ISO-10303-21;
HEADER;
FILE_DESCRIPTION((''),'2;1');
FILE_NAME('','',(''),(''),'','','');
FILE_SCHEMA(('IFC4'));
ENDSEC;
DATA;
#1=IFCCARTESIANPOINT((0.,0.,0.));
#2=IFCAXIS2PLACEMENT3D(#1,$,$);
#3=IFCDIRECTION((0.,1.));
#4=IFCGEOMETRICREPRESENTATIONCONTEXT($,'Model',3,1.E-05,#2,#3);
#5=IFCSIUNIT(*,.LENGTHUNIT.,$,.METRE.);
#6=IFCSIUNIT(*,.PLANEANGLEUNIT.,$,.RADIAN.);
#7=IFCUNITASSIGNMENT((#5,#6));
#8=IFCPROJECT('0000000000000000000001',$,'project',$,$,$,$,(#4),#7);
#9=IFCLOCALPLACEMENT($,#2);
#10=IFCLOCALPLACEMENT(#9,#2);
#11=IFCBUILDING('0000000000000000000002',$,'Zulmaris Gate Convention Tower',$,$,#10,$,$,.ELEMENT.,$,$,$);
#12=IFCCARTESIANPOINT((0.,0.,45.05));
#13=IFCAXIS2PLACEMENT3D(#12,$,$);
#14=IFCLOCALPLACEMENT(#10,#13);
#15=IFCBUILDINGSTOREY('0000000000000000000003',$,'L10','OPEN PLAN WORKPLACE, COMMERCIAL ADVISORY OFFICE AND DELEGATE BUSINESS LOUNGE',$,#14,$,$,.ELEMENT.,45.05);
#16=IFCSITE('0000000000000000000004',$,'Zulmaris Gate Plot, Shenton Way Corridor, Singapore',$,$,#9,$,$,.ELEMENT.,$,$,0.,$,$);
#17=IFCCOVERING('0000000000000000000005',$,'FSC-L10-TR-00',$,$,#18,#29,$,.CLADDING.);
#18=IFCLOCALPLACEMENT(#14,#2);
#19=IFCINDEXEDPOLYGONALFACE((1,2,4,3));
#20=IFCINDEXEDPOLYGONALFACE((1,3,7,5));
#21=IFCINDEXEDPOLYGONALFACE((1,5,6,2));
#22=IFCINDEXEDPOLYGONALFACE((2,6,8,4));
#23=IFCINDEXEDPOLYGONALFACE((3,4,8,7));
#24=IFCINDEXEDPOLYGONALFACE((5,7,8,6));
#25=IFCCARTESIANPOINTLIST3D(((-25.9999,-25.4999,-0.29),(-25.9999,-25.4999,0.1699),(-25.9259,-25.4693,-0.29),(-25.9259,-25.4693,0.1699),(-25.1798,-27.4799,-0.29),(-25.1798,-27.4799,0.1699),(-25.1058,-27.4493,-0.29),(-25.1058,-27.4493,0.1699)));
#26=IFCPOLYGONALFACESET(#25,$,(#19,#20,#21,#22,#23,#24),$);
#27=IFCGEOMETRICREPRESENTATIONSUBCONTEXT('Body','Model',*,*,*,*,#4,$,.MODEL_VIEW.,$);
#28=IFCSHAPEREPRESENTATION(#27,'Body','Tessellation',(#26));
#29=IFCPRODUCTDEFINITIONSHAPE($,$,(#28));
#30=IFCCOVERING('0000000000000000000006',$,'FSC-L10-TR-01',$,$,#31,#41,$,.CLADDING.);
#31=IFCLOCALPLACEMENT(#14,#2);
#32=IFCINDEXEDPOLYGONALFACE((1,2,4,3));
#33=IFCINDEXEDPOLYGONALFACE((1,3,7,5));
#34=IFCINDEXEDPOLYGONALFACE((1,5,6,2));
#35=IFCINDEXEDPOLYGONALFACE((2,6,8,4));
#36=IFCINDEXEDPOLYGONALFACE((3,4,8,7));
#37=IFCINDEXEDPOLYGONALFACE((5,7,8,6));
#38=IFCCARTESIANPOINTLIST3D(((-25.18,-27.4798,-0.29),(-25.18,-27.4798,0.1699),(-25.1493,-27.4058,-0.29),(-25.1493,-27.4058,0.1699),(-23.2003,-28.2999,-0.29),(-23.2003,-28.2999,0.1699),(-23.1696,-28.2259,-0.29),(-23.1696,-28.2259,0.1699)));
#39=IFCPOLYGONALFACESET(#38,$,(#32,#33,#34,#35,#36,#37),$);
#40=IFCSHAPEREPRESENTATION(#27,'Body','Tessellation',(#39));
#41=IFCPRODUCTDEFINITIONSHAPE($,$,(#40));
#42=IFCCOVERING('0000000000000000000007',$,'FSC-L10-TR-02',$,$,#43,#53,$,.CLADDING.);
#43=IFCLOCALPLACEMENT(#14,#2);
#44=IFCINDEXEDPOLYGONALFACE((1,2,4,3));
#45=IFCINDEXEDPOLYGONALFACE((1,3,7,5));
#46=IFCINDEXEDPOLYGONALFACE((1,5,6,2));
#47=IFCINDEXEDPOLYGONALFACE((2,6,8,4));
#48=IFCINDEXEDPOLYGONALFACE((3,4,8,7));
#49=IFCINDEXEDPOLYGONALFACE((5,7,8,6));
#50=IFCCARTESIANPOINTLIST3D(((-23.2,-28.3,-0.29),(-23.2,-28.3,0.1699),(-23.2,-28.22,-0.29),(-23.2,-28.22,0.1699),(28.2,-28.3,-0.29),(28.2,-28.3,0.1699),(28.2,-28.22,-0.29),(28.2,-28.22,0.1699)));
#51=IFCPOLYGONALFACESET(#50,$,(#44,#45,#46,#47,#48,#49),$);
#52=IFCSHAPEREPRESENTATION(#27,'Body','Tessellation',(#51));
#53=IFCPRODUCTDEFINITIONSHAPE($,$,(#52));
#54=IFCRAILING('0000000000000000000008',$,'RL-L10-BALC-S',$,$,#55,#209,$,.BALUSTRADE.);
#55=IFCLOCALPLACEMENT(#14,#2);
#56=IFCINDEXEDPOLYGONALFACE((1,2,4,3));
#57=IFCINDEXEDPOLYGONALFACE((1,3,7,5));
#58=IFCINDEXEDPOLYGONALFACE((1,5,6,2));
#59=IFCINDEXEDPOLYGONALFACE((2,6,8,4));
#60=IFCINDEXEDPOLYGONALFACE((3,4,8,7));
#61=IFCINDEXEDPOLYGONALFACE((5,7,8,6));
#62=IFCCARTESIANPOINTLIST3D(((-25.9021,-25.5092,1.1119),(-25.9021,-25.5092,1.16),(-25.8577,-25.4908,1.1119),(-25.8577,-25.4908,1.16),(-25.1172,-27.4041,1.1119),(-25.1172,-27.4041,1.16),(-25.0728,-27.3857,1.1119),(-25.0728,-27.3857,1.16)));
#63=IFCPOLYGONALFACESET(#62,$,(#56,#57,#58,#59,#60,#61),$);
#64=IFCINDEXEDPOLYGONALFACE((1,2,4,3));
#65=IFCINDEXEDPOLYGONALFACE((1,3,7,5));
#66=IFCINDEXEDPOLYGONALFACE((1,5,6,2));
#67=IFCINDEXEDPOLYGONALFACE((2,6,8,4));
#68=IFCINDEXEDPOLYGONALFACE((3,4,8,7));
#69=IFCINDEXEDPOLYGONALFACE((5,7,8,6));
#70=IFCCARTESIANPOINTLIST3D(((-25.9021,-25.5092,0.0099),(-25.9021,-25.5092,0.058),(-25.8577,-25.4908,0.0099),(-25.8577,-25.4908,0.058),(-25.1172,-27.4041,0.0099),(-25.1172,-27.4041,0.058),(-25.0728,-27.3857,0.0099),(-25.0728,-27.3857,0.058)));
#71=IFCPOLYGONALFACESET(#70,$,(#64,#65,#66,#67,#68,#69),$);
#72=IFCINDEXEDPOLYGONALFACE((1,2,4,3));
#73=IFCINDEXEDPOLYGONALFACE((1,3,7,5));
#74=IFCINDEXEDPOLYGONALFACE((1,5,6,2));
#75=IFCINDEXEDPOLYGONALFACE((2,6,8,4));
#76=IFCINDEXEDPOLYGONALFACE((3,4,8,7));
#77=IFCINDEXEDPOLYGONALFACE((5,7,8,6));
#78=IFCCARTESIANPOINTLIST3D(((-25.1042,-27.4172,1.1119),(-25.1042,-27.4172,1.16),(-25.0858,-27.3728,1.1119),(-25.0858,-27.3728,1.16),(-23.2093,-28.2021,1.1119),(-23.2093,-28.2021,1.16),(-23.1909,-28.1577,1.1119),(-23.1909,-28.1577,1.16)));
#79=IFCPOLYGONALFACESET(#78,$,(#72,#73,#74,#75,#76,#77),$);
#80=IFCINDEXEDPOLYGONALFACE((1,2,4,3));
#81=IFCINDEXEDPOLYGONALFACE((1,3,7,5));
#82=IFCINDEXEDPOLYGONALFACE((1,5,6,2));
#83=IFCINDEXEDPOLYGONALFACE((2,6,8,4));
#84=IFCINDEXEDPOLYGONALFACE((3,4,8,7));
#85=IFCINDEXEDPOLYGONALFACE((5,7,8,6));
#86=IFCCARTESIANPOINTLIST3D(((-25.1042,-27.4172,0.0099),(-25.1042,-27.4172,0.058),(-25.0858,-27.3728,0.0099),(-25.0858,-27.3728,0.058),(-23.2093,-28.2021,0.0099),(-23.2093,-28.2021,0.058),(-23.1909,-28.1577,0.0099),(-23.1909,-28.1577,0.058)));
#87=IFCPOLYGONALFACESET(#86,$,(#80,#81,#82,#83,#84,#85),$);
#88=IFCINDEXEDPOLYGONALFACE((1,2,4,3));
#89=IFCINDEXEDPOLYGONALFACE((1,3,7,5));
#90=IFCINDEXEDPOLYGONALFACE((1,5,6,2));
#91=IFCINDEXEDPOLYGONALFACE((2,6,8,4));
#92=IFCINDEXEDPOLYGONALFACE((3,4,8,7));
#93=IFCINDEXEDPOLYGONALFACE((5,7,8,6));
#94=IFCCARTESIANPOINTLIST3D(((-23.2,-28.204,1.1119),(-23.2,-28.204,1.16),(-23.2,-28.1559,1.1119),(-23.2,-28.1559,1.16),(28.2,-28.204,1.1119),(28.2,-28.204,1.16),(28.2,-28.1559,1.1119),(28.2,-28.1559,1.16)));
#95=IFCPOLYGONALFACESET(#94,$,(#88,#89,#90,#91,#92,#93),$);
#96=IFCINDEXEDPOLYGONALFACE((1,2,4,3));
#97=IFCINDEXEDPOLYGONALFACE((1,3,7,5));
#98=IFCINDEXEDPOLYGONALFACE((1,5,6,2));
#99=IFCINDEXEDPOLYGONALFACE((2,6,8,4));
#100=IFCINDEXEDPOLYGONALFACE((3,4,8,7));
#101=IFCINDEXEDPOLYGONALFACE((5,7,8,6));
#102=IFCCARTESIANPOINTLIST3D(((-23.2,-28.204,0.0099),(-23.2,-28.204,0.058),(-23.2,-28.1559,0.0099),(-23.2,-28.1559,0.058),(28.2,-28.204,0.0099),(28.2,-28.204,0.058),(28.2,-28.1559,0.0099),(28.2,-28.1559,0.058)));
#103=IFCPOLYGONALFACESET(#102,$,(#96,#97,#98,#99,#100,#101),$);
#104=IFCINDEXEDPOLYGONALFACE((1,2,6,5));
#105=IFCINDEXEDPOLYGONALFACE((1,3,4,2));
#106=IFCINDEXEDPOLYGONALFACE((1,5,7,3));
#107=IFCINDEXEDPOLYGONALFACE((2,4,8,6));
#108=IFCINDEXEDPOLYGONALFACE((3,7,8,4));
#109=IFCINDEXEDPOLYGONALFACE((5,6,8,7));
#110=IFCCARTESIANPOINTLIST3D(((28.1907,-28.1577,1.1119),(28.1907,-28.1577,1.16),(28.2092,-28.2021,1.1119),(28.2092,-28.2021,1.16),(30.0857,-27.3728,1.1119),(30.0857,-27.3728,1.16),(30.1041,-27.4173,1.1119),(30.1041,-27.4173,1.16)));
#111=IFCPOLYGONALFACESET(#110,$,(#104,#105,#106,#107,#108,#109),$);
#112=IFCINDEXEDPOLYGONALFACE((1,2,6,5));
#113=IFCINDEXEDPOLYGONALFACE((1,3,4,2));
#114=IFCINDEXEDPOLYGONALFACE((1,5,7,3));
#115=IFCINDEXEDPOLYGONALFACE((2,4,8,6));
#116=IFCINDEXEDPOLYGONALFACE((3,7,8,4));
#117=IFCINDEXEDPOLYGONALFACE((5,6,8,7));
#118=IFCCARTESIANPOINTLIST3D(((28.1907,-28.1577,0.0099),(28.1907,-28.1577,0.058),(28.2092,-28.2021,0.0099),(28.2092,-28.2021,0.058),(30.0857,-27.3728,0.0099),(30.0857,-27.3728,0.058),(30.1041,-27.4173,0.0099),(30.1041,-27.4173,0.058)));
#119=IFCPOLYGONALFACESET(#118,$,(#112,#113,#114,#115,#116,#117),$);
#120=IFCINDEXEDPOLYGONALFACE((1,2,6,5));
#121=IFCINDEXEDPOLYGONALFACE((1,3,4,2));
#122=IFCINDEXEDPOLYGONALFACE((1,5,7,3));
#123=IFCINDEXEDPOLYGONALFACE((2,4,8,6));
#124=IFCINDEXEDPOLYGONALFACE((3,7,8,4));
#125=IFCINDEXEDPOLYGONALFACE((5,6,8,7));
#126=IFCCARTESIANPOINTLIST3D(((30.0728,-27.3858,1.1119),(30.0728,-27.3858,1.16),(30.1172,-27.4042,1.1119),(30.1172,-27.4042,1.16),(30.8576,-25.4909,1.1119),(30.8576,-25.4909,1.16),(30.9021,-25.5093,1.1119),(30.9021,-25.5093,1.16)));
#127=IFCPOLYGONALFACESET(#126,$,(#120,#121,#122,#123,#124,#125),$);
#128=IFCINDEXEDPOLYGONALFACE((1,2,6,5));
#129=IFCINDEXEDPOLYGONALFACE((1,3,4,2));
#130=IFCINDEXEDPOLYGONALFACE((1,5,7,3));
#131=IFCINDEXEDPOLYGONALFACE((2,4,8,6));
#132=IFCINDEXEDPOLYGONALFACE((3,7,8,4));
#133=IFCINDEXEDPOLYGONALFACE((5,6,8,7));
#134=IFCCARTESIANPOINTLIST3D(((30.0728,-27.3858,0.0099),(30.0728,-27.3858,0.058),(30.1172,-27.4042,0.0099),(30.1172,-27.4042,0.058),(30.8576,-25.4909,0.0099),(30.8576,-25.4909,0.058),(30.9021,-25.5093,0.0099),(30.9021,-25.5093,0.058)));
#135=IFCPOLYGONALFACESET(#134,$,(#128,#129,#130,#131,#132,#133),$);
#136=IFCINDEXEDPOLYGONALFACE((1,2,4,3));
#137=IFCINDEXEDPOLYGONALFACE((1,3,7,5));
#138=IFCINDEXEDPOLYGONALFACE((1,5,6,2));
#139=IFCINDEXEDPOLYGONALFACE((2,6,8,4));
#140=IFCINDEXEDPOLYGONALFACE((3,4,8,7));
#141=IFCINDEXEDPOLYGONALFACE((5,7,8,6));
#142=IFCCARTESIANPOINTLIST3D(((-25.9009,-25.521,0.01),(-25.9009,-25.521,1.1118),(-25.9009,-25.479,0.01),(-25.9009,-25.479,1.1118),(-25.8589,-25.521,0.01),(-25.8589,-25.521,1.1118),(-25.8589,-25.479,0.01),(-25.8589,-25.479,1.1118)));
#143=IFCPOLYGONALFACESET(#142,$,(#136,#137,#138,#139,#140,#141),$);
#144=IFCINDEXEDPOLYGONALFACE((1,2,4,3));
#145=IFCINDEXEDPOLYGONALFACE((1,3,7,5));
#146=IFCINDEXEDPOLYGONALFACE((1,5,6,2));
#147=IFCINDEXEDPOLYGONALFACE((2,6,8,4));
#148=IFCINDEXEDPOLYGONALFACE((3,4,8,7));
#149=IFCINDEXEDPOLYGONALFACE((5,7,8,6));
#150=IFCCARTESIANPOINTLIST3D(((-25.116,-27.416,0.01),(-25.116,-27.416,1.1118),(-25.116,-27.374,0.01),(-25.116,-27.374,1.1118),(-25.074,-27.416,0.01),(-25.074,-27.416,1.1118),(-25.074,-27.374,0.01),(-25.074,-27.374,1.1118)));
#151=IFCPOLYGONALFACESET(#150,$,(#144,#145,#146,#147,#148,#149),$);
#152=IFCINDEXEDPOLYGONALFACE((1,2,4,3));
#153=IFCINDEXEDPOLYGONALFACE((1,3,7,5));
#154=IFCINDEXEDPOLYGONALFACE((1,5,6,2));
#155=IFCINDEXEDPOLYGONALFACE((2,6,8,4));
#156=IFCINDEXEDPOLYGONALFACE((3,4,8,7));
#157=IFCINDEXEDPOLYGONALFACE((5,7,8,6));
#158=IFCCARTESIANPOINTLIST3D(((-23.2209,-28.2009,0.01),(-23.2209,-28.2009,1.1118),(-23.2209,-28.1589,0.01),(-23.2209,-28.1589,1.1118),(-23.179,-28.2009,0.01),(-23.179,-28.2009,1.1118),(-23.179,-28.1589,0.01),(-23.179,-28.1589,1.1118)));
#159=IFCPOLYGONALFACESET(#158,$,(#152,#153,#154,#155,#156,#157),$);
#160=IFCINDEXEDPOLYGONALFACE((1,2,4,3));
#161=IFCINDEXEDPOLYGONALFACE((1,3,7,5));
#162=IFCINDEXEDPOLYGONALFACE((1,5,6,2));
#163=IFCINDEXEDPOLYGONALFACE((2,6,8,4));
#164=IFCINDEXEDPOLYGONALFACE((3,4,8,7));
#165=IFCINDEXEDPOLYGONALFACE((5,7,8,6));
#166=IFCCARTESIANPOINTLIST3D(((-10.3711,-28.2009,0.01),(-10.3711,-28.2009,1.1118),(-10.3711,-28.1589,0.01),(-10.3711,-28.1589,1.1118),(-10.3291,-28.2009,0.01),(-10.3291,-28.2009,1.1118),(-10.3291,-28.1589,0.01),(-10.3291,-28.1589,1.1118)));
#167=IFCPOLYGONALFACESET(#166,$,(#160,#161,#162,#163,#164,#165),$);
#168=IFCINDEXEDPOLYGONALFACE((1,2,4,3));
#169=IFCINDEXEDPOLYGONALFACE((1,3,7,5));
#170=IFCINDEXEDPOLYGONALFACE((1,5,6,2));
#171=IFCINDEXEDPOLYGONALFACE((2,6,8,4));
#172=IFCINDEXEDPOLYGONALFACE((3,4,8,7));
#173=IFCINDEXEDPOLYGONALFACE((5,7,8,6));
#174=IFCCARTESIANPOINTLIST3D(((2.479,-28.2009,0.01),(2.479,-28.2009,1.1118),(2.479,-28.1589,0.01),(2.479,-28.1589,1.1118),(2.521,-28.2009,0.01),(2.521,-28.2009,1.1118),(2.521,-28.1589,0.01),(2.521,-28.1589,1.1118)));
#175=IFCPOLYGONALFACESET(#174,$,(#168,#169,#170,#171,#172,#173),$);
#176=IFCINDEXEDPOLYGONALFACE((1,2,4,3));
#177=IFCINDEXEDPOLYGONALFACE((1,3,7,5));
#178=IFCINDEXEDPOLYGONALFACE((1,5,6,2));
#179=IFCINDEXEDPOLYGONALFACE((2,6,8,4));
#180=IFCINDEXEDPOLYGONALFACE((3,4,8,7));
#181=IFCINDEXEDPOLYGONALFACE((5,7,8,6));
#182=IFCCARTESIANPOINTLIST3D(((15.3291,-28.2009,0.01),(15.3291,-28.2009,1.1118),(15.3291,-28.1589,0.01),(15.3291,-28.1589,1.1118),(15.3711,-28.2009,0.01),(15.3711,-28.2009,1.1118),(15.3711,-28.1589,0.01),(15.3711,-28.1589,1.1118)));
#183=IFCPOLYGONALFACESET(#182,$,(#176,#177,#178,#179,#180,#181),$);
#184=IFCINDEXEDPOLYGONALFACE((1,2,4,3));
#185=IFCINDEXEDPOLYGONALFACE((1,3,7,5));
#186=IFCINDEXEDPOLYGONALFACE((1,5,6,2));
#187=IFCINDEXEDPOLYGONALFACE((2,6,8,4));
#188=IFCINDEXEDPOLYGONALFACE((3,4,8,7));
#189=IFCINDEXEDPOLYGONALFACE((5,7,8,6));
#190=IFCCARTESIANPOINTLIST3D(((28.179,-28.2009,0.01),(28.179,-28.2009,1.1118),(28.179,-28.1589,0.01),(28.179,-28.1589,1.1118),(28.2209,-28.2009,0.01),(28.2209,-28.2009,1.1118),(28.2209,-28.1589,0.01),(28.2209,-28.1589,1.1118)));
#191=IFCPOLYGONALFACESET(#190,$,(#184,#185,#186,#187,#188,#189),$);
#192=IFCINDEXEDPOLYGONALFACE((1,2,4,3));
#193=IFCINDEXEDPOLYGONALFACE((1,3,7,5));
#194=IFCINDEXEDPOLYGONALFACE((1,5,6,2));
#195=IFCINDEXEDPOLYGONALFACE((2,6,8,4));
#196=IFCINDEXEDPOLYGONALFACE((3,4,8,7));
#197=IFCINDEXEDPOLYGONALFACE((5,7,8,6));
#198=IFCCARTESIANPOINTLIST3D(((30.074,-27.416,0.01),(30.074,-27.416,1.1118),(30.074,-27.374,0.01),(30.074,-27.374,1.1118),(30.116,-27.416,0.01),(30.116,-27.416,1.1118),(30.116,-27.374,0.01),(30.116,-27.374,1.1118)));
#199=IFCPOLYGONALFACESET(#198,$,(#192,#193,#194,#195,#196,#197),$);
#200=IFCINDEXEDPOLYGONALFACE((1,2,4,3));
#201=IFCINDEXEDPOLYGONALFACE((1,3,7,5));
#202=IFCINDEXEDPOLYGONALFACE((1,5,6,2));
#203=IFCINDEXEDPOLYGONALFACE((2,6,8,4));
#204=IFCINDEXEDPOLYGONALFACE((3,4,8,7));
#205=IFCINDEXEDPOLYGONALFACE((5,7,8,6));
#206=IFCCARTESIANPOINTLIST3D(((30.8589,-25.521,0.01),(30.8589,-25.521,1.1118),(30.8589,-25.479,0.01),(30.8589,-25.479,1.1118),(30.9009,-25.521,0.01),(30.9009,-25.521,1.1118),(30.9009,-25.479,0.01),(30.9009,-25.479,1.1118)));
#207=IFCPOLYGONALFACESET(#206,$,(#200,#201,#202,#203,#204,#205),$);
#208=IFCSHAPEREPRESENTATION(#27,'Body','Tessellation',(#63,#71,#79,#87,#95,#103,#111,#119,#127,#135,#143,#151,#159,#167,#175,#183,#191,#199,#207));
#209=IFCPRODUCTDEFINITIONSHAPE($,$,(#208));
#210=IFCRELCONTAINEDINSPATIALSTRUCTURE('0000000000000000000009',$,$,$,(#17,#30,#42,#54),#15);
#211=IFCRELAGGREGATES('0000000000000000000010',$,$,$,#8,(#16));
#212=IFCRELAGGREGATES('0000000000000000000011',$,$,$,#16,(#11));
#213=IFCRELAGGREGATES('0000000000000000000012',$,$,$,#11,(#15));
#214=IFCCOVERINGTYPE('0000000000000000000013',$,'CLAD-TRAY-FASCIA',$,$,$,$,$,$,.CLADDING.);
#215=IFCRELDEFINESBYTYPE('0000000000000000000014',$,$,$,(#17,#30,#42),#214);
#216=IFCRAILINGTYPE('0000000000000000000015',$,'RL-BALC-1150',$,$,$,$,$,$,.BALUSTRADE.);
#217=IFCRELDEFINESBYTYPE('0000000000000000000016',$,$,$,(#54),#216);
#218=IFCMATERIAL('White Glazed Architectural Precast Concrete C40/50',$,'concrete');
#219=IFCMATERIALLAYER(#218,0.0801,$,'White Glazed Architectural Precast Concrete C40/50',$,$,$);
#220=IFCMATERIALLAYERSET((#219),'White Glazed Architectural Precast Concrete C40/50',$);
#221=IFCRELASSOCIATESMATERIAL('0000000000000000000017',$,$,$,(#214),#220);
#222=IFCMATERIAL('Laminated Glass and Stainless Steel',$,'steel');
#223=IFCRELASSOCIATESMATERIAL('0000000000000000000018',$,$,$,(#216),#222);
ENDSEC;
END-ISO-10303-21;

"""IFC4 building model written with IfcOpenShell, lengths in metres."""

from ifc_helpers import new_model, si_unit, direction, frame, frame_2d, origin, origin_2d, place, context, subcontext, project, spatial, rectangle, extrude, material, layer, layer_set, type_object, element, save


model = new_model("IFC4")

# Units and contexts
model_context = context("Model", 3, precision=1e-05, world=origin(), true_north=direction((0.0, 1.0)))
body_context = subcontext(model_context, "Body", "Model", "MODEL_VIEW")
ifc_project = project(units=[si_unit("LENGTHUNIT", "METRE"), si_unit("PLANEANGLEUNIT", "RADIAN")], contexts=[model_context])

# Site, building, storey
site_placement = place(None, origin())
site = spatial("IfcSite", under=ifc_project, at=site_placement, Name="Zulmaris Gate Plot, Shenton Way Corridor, Singapore", CompositionType="ELEMENT", RefElevation=0.0)
building_placement = place(site_placement, origin())
building = spatial("IfcBuilding", under=site, at=building_placement, Name="Zulmaris Gate Convention Tower", CompositionType="ELEMENT")
storey_placement = place(building_placement, frame((0.0, 0.0, 45.05)))
storey = spatial("IfcBuildingStorey", under=building, at=storey_placement, Name="L10", Description="OPEN PLAN WORKPLACE, COMMERCIAL ADVISORY OFFICE AND DELEGATE BUSINESS LOUNGE", CompositionType="ELEMENT", Elevation=45.05)

# Coverings
ifc_material_1 = material(Name="White Glazed Architectural Precast Concrete C40/50", Category="concrete")
ifc_layer_1 = layer(ifc_material_1, 0.0801, Name="White Glazed Architectural Precast Concrete C40/50")
ifc_layer_set_1 = layer_set([ifc_layer_1], Name="White Glazed Architectural Precast Concrete C40/50")
covering_type_1 = type_object("IfcCoveringType", Name="CLAD-TRAY-FASCIA", PredefinedType="CLADDING", material=ifc_layer_set_1)
covering_1_placement = place(storey_placement, frame((-25.9629, -25.4846, -0.29), z_axis=(0.0, 0.0, 1.0), x_axis=(0.382657, -0.92389, 0.0)))
element("IfcCovering", 1, at=covering_1_placement, inside=storey, type_object=covering_type_1, Name="FSC-L10-TR-00", PredefinedType="CLADDING", context=body_context, shape_type="SweptSolid", body=[
    extrude(rectangle(XDim=2.1431, YDim=0.0801, at=frame_2d((1.0715, 0.0))), origin(), (0.0, 0.0, 1.0), 0.46),
])
covering_2_placement = place(storey_placement, frame((-25.1646, -27.4429, -0.29), z_axis=(0.0, 0.0, 1.0), x_axis=(0.923874, -0.382697, 0.0)))
element("IfcCovering", 2, at=covering_2_placement, inside=storey, type_object=covering_type_1, Name="FSC-L10-TR-01", PredefinedType="CLADDING", context=body_context, shape_type="SweptSolid", body=[
    extrude(rectangle(XDim=2.1428, YDim=0.0801, at=frame_2d((1.0713, 0.0))), origin(), (0.0, 0.0, 1.0), 0.46),
])
covering_3_placement = place(storey_placement, frame((-23.2, -28.26, -0.29), z_axis=(0.0, 0.0, 1.0), x_axis=(1.0, 0.0, 0.0)))
element("IfcCovering", 3, at=covering_3_placement, inside=storey, type_object=covering_type_1, Name="FSC-L10-TR-02", PredefinedType="CLADDING", context=body_context, shape_type="SweptSolid", body=[
    extrude(rectangle(XDim=51.3999, YDim=0.0801, at=frame_2d((25.7, 0.0))), origin(), (0.0, 0.0, 1.0), 0.46),
])

# Railing
ifc_material_2 = material(Name="Laminated Glass and Stainless Steel", Category="steel")
railing_type = type_object("IfcRailingType", Name="RL-BALC-1150", PredefinedType="BALUSTRADE", material=ifc_material_2)
railing_placement = place(storey_placement, frame((-25.8799, -25.5, 0.01)))
element("IfcRailing", 4, at=railing_placement, inside=storey, type_object=railing_type, Name="RL-L10-BALC-S", PredefinedType="BALUSTRADE", context=body_context, shape_type="SweptSolid", body=[
    extrude(rectangle(XDim=0.0481, YDim=0.0481, at=origin_2d()), frame((0.0, 0.0, 1.126), z_axis=(0.382671, -0.923885, 0.0), x_axis=(0.923885, 0.382671, 0.0)), (0.0, 0.0, 1.0), 2.051),
    extrude(rectangle(XDim=0.0481, YDim=0.0481, at=origin_2d()), frame((0.0, 0.0, 0.0239), z_axis=(0.382671, -0.923885, 0.0), x_axis=(0.923885, 0.382671, 0.0)), (0.0, 0.0, 1.0), 2.051),
    extrude(rectangle(XDim=0.0481, YDim=0.0481, at=origin_2d()), frame((0.7849, -1.895, 1.126), z_axis=(0.923885, -0.382671, 0.0), x_axis=(0.382671, 0.923885, 0.0)), (0.0, 0.0, 1.0), 2.051),
    extrude(rectangle(XDim=0.0481, YDim=0.0481, at=origin_2d()), frame((0.7849, -1.895, 0.0239), z_axis=(0.923885, -0.382671, 0.0), x_axis=(0.382671, 0.923885, 0.0)), (0.0, 0.0, 1.0), 2.051),
    extrude(rectangle(XDim=0.0481, YDim=0.0481, at=origin_2d()), frame((2.6799, -2.6799, 1.126), z_axis=(1.0, 0.0, 0.0), x_axis=(0.0, 1.0, 0.0)), (0.0, 0.0, 1.0), 51.3999),
    extrude(rectangle(XDim=0.0481, YDim=0.0481, at=origin_2d()), frame((2.6799, -2.6799, 0.0239), z_axis=(1.0, 0.0, 0.0), x_axis=(0.0, 1.0, 0.0)), (0.0, 0.0, 1.0), 51.3999),
    extrude(rectangle(XDim=0.0481, YDim=0.0481, at=origin_2d()), frame((54.0798, -2.6799, 1.126), z_axis=(0.923885, 0.382671, 0.0), x_axis=(-0.382671, 0.923885, 0.0)), (0.0, 0.0, 1.0), 2.051),
    extrude(rectangle(XDim=0.0481, YDim=0.0481, at=origin_2d()), frame((54.0798, -2.6799, 0.0239), z_axis=(0.923885, 0.382671, 0.0), x_axis=(-0.382671, 0.923885, 0.0)), (0.0, 0.0, 1.0), 2.051),
    extrude(rectangle(XDim=0.0481, YDim=0.0481, at=origin_2d()), frame((55.9749, -1.895, 1.126), z_axis=(0.382671, 0.923885, 0.0), x_axis=(-0.923885, 0.382671, 0.0)), (0.0, 0.0, 1.0), 2.051),
    extrude(rectangle(XDim=0.0481, YDim=0.0481, at=origin_2d()), frame((55.9749, -1.895, 0.0239), z_axis=(0.382671, 0.923885, 0.0), x_axis=(-0.923885, 0.382671, 0.0)), (0.0, 0.0, 1.0), 2.051),
    extrude(rectangle(XDim=0.042, YDim=0.042, at=origin_2d()), origin(), (0.0, 0.0, 1.0), 1.1018),
    extrude(rectangle(XDim=0.042, YDim=0.042, at=origin_2d()), frame((0.7849, -1.895, 0.0)), (0.0, 0.0, 1.0), 1.1018),
    extrude(rectangle(XDim=0.042, YDim=0.042, at=origin_2d()), frame((2.6799, -2.6799, 0.0)), (0.0, 0.0, 1.0), 1.1018),
    extrude(rectangle(XDim=0.042, YDim=0.042, at=origin_2d()), frame((15.5298, -2.6799, 0.0)), (0.0, 0.0, 1.0), 1.1018),
    extrude(rectangle(XDim=0.042, YDim=0.042, at=origin_2d()), frame((28.3799, -2.6799, 0.0)), (0.0, 0.0, 1.0), 1.1018),
    extrude(rectangle(XDim=0.042, YDim=0.042, at=origin_2d()), frame((41.23, -2.6799, 0.0)), (0.0, 0.0, 1.0), 1.1018),
    extrude(rectangle(XDim=0.042, YDim=0.042, at=origin_2d()), frame((54.0798, -2.6799, 0.0)), (0.0, 0.0, 1.0), 1.1018),
    extrude(rectangle(XDim=0.042, YDim=0.042, at=origin_2d()), frame((55.9749, -1.895, 0.0)), (0.0, 0.0, 1.0), 1.1018),
    extrude(rectangle(XDim=0.042, YDim=0.042, at=origin_2d()), frame((56.7598, 0.0, 0.0)), (0.0, 0.0, 1.0), 1.1018),
])

save(model, "model.ifc")
